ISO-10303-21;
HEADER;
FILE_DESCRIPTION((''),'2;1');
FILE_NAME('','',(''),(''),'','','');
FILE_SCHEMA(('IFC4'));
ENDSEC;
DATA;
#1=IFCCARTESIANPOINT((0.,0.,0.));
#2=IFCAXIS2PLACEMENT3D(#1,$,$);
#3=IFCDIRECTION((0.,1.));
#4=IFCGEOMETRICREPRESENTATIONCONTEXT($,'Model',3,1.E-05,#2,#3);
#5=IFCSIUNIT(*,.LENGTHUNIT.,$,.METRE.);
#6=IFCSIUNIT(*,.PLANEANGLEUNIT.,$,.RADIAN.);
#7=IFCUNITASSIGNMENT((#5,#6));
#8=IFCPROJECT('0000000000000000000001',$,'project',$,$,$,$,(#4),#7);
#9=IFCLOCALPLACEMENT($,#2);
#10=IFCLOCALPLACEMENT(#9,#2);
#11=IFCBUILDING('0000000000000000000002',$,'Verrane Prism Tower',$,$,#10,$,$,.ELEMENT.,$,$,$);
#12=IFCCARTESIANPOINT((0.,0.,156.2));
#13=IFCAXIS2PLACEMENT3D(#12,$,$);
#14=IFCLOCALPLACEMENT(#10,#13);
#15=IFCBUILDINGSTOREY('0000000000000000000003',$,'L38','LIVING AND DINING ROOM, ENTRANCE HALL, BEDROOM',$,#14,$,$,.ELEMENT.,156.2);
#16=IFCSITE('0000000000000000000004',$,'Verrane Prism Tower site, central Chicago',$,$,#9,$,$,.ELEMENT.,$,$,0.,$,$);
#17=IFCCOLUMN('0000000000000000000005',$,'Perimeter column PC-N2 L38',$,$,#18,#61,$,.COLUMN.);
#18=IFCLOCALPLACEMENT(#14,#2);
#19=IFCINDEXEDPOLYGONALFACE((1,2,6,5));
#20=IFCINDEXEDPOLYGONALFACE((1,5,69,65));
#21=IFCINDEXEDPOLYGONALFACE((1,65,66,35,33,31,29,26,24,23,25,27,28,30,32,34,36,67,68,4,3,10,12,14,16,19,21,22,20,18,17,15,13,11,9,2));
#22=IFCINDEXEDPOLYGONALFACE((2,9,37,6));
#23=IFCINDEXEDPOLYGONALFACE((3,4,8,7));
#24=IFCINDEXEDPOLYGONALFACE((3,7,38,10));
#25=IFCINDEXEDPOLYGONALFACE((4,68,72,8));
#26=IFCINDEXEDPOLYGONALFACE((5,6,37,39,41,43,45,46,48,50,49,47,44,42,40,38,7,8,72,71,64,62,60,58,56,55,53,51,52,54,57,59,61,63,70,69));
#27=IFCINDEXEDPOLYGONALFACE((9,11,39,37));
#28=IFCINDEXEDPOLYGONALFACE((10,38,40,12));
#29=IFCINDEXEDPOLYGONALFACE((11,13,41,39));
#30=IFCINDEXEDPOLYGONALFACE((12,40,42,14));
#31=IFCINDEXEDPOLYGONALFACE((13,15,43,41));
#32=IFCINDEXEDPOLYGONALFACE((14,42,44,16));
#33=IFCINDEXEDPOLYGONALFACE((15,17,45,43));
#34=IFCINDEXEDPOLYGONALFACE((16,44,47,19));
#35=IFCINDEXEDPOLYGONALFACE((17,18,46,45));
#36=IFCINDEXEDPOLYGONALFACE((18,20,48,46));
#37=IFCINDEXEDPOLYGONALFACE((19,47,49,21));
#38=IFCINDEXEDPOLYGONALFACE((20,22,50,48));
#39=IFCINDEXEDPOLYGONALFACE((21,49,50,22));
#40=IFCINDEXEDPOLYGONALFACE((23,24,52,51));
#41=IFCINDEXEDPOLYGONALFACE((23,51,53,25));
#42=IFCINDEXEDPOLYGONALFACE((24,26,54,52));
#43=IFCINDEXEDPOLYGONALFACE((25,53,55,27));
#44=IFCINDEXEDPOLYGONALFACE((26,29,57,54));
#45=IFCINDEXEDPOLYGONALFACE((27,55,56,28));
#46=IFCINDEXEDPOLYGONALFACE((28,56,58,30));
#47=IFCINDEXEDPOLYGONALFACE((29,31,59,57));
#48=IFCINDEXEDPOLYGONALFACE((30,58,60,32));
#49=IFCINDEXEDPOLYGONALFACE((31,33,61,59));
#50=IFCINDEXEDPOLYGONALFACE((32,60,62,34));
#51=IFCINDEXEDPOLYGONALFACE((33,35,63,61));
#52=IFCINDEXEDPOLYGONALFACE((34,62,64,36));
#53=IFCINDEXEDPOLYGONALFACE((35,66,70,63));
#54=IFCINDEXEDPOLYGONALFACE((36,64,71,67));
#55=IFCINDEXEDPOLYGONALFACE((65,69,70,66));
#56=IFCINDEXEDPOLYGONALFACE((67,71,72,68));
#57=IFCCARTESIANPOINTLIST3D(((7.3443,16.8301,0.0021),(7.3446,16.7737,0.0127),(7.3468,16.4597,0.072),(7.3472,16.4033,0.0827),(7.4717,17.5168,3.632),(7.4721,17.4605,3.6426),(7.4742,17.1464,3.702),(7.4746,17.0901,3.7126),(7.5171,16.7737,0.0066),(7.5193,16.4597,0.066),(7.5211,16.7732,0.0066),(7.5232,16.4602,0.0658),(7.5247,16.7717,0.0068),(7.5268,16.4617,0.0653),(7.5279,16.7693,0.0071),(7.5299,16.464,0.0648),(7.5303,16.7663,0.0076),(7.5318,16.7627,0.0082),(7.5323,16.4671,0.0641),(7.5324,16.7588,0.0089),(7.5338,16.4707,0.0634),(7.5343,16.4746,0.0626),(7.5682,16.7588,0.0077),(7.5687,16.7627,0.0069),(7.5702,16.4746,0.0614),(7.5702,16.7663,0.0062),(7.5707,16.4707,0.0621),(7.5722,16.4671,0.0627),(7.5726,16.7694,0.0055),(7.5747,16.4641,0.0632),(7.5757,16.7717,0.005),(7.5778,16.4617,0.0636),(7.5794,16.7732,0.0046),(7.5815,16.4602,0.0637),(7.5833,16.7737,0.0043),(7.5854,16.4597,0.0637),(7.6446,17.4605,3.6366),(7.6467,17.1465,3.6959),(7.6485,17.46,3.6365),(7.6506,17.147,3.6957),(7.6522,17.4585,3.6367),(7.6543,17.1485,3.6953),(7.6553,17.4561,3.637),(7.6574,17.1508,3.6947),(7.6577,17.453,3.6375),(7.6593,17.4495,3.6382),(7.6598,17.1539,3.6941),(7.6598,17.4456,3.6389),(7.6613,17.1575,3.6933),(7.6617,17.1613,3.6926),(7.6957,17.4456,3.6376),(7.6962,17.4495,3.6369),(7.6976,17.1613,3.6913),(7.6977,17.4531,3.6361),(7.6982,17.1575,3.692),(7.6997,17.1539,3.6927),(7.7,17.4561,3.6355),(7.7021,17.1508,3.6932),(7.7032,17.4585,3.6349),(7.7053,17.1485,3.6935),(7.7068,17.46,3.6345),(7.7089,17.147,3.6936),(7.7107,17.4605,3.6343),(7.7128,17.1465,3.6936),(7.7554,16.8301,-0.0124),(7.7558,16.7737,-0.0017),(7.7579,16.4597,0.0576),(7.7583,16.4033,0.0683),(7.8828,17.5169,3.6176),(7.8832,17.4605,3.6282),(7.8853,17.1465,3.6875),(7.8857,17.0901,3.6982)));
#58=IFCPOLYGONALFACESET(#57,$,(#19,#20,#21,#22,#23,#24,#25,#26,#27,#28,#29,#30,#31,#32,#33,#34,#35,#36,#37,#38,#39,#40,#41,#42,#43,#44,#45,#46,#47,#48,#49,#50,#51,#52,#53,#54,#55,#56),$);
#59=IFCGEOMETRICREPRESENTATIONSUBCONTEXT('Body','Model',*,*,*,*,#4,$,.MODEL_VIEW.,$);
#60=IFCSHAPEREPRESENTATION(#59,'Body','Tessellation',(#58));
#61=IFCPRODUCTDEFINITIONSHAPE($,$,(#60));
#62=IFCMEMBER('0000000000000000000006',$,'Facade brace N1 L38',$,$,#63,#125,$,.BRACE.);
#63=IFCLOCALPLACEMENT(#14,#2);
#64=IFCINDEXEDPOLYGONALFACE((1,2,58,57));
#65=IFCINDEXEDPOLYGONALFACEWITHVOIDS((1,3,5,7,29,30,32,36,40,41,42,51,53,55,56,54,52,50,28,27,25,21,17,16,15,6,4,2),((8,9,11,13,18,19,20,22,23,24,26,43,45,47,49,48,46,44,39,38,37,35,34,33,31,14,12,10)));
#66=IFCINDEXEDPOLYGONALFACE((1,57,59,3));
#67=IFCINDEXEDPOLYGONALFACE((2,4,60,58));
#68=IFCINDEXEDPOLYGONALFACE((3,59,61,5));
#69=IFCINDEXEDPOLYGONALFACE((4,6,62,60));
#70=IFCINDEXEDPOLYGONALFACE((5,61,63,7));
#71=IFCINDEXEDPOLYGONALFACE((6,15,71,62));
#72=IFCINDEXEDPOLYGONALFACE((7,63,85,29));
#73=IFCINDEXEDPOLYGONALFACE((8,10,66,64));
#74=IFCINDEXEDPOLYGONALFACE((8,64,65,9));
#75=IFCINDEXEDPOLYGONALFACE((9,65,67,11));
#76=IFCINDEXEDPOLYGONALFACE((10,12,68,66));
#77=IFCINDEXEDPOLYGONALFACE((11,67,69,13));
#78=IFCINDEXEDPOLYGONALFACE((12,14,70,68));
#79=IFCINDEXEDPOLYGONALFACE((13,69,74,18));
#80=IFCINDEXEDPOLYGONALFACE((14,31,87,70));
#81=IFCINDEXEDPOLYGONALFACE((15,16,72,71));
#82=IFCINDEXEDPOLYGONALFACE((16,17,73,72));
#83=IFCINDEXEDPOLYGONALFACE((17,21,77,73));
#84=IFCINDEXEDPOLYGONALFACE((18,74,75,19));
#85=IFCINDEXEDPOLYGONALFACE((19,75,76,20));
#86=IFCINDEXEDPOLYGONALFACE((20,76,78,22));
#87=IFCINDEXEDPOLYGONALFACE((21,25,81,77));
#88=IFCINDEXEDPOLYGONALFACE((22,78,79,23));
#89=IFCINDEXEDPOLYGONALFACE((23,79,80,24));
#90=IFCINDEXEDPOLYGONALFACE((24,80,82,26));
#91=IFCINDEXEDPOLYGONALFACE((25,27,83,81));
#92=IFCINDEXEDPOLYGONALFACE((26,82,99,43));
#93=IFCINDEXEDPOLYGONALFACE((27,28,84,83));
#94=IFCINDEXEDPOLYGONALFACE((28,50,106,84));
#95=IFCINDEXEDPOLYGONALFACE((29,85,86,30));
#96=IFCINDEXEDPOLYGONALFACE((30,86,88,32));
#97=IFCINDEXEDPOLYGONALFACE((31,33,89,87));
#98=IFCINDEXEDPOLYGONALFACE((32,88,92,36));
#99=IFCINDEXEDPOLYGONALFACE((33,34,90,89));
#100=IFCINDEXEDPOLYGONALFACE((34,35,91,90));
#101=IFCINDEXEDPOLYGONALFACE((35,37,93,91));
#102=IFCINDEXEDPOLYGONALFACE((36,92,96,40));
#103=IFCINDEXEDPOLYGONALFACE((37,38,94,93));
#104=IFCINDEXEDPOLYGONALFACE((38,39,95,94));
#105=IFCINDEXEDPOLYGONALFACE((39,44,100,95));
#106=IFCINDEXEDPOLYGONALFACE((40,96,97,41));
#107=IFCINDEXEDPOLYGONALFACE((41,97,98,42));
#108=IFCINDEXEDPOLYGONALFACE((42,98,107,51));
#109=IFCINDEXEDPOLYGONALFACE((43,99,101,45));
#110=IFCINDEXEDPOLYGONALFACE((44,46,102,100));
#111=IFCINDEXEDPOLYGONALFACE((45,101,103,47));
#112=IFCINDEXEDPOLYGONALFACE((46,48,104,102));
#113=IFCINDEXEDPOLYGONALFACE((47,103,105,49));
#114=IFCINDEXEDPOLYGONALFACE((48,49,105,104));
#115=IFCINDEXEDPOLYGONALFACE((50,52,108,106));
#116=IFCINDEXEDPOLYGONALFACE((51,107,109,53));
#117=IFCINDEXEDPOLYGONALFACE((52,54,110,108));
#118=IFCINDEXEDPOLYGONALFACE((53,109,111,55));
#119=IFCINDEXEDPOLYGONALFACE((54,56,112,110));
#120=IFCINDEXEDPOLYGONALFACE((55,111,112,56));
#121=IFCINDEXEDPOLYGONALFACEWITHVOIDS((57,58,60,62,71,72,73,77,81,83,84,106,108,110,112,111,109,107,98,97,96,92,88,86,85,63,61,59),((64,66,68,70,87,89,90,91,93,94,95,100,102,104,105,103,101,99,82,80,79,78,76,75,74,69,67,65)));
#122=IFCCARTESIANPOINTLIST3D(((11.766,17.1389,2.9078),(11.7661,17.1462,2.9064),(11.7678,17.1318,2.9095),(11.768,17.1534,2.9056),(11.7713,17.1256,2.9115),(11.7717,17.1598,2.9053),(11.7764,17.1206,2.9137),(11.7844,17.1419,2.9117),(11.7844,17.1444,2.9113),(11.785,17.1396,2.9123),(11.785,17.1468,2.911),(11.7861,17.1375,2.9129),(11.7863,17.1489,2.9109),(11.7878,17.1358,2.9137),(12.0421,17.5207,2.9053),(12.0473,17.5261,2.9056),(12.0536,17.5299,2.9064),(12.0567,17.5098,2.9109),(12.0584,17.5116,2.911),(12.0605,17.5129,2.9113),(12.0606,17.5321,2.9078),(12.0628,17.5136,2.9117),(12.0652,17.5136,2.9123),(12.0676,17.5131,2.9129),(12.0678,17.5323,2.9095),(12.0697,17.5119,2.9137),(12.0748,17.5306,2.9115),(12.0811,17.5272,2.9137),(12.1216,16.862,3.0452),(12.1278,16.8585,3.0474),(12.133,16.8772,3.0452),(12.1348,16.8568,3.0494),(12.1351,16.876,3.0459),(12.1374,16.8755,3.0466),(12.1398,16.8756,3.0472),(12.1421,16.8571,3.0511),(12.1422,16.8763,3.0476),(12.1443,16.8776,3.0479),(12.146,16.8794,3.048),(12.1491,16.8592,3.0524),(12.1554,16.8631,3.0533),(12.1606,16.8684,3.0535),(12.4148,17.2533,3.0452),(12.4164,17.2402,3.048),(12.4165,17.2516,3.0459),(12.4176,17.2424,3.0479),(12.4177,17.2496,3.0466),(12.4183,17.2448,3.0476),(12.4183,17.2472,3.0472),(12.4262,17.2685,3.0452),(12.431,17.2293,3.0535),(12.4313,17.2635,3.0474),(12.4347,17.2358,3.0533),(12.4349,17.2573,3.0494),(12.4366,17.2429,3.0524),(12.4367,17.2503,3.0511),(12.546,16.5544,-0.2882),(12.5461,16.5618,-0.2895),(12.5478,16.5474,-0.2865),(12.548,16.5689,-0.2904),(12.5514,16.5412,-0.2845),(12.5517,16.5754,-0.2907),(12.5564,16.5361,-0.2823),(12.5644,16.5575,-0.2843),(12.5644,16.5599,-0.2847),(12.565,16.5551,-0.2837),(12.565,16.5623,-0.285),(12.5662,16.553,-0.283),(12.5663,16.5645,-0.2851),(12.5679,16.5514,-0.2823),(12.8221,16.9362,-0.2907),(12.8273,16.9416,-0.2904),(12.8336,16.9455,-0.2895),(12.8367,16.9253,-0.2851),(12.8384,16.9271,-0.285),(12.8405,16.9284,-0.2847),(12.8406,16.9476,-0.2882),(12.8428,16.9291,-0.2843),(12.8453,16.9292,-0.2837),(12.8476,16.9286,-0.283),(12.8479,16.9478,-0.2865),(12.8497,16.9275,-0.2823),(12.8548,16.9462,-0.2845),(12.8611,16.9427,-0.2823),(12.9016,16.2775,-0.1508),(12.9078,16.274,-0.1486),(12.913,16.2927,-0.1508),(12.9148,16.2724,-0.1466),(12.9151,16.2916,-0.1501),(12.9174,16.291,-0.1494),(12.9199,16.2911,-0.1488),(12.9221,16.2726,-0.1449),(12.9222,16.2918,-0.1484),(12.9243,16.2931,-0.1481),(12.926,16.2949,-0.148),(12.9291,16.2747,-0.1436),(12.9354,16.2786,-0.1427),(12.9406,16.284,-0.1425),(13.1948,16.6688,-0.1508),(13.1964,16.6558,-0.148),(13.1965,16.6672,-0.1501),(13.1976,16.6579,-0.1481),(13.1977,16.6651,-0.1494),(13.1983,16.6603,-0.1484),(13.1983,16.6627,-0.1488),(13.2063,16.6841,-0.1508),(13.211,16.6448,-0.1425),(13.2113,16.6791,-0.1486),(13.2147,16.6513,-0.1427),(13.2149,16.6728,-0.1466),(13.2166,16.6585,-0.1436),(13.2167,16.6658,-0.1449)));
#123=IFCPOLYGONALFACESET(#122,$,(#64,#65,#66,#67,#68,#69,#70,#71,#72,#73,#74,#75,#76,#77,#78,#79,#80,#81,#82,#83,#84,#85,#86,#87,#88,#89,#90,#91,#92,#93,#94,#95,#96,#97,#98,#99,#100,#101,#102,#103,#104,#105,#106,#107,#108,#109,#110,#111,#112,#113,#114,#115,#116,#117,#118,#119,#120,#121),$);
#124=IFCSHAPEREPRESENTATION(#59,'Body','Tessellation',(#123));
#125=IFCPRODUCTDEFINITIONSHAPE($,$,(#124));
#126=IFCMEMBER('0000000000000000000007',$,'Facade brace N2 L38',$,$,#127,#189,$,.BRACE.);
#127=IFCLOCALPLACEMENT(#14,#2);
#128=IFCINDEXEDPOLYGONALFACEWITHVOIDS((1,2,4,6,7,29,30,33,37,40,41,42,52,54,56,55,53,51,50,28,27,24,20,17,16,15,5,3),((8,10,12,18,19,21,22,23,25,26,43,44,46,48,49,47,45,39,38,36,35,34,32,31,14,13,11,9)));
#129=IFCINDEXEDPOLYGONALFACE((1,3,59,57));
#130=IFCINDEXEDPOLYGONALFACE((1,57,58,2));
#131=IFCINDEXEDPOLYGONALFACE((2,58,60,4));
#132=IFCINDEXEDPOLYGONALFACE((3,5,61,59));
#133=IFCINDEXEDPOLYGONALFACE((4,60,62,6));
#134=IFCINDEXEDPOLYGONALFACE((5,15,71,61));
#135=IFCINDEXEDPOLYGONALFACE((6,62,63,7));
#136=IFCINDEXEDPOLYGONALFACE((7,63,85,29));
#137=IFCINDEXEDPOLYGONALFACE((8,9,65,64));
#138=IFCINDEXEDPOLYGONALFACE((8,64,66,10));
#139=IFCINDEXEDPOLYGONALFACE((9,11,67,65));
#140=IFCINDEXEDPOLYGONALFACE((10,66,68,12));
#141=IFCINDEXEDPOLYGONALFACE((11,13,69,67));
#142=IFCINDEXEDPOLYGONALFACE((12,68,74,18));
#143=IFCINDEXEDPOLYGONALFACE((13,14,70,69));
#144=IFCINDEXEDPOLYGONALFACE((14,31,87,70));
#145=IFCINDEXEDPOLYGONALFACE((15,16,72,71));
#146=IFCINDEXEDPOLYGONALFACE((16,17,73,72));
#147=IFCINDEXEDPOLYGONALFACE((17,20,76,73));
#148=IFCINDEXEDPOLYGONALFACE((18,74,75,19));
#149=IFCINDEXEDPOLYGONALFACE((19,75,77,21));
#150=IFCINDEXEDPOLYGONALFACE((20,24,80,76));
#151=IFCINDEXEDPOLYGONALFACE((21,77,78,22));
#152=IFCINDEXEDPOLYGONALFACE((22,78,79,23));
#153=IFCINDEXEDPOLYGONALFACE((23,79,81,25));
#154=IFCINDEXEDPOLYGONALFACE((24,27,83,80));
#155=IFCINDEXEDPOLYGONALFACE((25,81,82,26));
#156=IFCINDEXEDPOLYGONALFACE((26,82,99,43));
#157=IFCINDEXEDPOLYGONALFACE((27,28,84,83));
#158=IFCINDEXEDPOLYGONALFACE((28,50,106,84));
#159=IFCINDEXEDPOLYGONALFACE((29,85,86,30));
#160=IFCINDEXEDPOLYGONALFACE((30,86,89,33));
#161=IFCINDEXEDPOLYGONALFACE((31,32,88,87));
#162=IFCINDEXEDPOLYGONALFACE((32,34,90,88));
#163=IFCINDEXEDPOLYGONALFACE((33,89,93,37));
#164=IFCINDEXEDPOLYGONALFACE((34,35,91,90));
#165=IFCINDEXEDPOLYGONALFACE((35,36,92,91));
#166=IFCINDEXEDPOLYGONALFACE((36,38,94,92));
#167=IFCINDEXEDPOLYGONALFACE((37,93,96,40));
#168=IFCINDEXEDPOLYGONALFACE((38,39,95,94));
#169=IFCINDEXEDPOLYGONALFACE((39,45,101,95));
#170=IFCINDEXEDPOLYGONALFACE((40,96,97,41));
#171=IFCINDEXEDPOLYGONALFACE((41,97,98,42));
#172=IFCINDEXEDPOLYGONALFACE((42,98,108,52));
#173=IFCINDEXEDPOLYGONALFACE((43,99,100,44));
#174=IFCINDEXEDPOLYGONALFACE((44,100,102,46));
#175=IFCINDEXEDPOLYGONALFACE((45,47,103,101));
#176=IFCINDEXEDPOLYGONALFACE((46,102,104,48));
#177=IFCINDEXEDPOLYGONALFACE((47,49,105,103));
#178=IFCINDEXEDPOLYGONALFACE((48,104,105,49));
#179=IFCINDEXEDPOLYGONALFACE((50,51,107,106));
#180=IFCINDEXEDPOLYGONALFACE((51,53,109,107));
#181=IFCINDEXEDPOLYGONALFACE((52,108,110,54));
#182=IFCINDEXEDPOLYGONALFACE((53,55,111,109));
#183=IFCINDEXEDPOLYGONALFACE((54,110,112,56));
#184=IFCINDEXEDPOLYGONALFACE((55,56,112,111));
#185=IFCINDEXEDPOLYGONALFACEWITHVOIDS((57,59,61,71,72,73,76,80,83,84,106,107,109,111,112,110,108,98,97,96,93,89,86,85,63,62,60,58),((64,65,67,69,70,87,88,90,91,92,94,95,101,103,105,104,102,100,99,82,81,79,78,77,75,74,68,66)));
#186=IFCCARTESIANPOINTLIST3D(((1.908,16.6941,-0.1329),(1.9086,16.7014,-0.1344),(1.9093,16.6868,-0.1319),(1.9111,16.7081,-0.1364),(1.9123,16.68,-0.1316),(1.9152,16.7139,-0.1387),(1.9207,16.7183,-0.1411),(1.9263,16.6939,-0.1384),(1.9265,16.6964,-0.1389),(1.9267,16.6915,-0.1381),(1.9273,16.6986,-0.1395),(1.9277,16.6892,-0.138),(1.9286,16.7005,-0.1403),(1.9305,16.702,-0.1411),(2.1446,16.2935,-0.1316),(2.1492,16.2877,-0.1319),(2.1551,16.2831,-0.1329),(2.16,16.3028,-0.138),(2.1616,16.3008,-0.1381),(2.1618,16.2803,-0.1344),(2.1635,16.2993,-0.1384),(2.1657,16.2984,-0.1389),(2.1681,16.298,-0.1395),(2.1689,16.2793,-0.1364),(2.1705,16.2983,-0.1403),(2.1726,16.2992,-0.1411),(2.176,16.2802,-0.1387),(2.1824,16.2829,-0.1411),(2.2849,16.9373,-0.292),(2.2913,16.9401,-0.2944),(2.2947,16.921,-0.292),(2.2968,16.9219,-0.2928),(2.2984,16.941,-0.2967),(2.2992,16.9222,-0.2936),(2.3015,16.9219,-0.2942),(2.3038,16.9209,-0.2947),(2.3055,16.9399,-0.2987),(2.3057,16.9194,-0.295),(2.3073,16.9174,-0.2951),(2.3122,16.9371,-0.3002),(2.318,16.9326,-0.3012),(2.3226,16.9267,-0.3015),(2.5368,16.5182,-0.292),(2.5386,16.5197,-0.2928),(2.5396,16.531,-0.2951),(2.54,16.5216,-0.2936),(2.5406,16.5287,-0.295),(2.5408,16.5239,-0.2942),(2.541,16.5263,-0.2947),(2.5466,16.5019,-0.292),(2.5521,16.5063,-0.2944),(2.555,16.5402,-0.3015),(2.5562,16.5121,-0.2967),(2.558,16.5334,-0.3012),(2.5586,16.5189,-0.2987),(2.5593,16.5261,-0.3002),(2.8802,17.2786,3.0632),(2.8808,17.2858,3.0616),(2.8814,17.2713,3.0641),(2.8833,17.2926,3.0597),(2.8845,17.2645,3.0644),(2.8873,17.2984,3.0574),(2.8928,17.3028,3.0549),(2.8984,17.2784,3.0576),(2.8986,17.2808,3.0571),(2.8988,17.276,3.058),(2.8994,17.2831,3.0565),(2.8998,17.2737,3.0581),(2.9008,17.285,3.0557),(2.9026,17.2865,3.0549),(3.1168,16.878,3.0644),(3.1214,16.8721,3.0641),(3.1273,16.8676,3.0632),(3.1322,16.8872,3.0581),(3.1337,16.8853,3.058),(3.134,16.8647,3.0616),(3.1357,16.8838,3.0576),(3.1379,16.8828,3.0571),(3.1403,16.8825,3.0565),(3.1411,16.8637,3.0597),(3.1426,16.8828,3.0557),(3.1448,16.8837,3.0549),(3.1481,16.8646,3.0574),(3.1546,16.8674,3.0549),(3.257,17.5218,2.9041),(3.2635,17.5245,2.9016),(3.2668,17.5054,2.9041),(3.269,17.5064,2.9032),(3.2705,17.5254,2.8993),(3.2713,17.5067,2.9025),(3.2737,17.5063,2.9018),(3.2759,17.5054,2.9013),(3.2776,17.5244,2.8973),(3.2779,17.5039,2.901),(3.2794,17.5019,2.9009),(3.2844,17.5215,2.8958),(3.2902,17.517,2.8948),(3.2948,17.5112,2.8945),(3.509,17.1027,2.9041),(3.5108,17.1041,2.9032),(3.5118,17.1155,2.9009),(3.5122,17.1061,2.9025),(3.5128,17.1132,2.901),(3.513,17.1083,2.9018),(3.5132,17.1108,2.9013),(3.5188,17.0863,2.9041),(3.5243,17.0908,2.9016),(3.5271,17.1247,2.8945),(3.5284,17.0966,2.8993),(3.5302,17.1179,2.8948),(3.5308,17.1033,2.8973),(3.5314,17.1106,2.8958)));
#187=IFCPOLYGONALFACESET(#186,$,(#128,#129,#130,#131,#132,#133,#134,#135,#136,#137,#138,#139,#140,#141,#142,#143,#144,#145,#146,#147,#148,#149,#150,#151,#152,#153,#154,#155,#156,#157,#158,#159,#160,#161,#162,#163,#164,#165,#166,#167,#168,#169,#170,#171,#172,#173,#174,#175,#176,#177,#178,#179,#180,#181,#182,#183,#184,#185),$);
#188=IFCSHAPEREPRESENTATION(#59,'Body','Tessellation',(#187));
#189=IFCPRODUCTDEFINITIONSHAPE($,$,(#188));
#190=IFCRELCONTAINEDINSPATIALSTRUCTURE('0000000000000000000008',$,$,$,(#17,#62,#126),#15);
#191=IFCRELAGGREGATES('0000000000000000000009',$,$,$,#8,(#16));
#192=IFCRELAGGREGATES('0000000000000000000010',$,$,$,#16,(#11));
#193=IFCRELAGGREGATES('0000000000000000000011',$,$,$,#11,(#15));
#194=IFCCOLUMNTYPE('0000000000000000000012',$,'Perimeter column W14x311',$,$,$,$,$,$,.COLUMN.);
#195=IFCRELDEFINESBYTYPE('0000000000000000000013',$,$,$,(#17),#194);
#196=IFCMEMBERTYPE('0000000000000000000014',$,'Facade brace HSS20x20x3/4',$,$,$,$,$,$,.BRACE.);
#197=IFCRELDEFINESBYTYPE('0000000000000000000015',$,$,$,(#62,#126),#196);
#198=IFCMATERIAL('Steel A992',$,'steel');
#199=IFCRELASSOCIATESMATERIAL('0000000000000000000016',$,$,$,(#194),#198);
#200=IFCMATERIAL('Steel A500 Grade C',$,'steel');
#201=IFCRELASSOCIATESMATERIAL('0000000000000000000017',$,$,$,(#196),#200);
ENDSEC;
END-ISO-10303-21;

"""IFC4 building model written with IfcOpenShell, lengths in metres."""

from ifc_helpers import new_model, si_unit, direction, frame, origin, origin_2d, place, context, subcontext, project, spatial, hollow_rectangle, i_section, extrude, material, material_profile, profile_set, type_object, element, save


model = new_model("IFC4")

# Units and contexts
model_context = context("Model", 3, precision=1e-05, world=origin(), true_north=direction((0.0, 1.0)))
body_context = subcontext(model_context, "Body", "Model", "MODEL_VIEW")
ifc_project = project(units=[si_unit("LENGTHUNIT", "METRE"), si_unit("PLANEANGLEUNIT", "RADIAN")], contexts=[model_context])

# Site, building, storey
site_placement = place(None, origin())
site = spatial("IfcSite", under=ifc_project, at=site_placement, Name="Verrane Prism Tower site, central Chicago", CompositionType="ELEMENT", RefElevation=0.0)
building_placement = place(site_placement, origin())
building = spatial("IfcBuilding", under=site, at=building_placement, Name="Verrane Prism Tower", CompositionType="ELEMENT")
storey_placement = place(building_placement, frame((0.0, 0.0, 156.2)))
storey = spatial("IfcBuildingStorey", under=building, at=storey_placement, Name="L38", Description="LIVING AND DINING ROOM, ENTRANCE HALL, BEDROOM", CompositionType="ELEMENT", Elevation=156.2)

# Column
ifc_material_1 = material(Name="Steel A992", Category="steel")
ifc_material_profile_1 = material_profile(ifc_material_1, i_section(OverallWidth=0.4114, OverallDepth=0.4343, WebThickness=0.0359, FlangeThickness=0.0574, FilletRadius=0.0151, at=origin_2d()), Name="W14x311")
ifc_profile_set_1 = profile_set([ifc_material_profile_1], Name="Steel A992")
column_type = type_object("IfcColumnType", Name="Perimeter column W14x311", PredefinedType="COLUMN", material=ifc_profile_set_1)
column_placement = place(storey_placement, frame((7.5513, 16.6167, 0.0352), z_axis=(0.034476, 0.18579, 0.981984), x_axis=(0.999383, 0.000143, -0.035114)))
element("IfcColumn", 1, at=column_placement, inside=storey, type_object=column_type, Name="Perimeter column PC-N2 L38", PredefinedType="COLUMN", context=body_context, shape_type="SweptSolid", body=[
    extrude(i_section(OverallWidth=0.4114, OverallDepth=0.4343, WebThickness=0.0359, FlangeThickness=0.0574, FilletRadius=0.0151, at=origin_2d()), origin(), (0.0, 0.0, 1.0), 3.6965),
])

# Members
ifc_material_2 = material(Name="Steel A500 Grade C", Category="steel")
ifc_material_profile_2 = material_profile(ifc_material_2, hollow_rectangle(XDim=0.5081, YDim=0.5081, WallThickness=0.019, InnerFilletRadius=0.0095, OuterFilletRadius=0.0286, at=origin_2d()), Name="HSS20x20x3/4")
ifc_profile_set_2 = profile_set([ifc_material_profile_2], Name="Steel A500 Grade C")
member_type_1 = type_object("IfcMemberType", Name="Facade brace HSS20x20x3/4", PredefinedType="BRACE", material=ifc_profile_set_2)
member_1_placement = place(storey_placement, frame((12.8813, 16.6101, -0.2166), z_axis=(-0.233446, 0.17492, 0.956507), x_axis=(-0.599639, -0.80027, 0.0)))
element("IfcMember", 2, at=member_1_placement, inside=storey, type_object=member_type_1, Name="Facade brace N1 L38", PredefinedType="BRACE", context=body_context, shape_type="SweptSolid", body=[
    extrude(hollow_rectangle(XDim=0.5081, YDim=0.5081, WallThickness=0.019, InnerFilletRadius=0.0095, OuterFilletRadius=0.0286, at=origin_2d()), origin(), (0.0, 0.0, 1.0), 3.3413),
])
member_2_placement = place(storey_placement, frame((2.2336, 16.6101, -0.2166), z_axis=(0.286659, 0.172341, 0.942404), x_axis=(-0.515255, 0.857037, 0.0)))
element("IfcMember", 3, at=member_2_placement, inside=storey, type_object=member_type_1, Name="Facade brace N2 L38", PredefinedType="BRACE", context=body_context, shape_type="SweptSolid", body=[
    extrude(hollow_rectangle(XDim=0.5081, YDim=0.5081, WallThickness=0.019, InnerFilletRadius=0.0095, OuterFilletRadius=0.0286, at=origin_2d()), origin(), (0.0, 0.0, 1.0), 3.3914),
])

save(model, "model.ifc")
